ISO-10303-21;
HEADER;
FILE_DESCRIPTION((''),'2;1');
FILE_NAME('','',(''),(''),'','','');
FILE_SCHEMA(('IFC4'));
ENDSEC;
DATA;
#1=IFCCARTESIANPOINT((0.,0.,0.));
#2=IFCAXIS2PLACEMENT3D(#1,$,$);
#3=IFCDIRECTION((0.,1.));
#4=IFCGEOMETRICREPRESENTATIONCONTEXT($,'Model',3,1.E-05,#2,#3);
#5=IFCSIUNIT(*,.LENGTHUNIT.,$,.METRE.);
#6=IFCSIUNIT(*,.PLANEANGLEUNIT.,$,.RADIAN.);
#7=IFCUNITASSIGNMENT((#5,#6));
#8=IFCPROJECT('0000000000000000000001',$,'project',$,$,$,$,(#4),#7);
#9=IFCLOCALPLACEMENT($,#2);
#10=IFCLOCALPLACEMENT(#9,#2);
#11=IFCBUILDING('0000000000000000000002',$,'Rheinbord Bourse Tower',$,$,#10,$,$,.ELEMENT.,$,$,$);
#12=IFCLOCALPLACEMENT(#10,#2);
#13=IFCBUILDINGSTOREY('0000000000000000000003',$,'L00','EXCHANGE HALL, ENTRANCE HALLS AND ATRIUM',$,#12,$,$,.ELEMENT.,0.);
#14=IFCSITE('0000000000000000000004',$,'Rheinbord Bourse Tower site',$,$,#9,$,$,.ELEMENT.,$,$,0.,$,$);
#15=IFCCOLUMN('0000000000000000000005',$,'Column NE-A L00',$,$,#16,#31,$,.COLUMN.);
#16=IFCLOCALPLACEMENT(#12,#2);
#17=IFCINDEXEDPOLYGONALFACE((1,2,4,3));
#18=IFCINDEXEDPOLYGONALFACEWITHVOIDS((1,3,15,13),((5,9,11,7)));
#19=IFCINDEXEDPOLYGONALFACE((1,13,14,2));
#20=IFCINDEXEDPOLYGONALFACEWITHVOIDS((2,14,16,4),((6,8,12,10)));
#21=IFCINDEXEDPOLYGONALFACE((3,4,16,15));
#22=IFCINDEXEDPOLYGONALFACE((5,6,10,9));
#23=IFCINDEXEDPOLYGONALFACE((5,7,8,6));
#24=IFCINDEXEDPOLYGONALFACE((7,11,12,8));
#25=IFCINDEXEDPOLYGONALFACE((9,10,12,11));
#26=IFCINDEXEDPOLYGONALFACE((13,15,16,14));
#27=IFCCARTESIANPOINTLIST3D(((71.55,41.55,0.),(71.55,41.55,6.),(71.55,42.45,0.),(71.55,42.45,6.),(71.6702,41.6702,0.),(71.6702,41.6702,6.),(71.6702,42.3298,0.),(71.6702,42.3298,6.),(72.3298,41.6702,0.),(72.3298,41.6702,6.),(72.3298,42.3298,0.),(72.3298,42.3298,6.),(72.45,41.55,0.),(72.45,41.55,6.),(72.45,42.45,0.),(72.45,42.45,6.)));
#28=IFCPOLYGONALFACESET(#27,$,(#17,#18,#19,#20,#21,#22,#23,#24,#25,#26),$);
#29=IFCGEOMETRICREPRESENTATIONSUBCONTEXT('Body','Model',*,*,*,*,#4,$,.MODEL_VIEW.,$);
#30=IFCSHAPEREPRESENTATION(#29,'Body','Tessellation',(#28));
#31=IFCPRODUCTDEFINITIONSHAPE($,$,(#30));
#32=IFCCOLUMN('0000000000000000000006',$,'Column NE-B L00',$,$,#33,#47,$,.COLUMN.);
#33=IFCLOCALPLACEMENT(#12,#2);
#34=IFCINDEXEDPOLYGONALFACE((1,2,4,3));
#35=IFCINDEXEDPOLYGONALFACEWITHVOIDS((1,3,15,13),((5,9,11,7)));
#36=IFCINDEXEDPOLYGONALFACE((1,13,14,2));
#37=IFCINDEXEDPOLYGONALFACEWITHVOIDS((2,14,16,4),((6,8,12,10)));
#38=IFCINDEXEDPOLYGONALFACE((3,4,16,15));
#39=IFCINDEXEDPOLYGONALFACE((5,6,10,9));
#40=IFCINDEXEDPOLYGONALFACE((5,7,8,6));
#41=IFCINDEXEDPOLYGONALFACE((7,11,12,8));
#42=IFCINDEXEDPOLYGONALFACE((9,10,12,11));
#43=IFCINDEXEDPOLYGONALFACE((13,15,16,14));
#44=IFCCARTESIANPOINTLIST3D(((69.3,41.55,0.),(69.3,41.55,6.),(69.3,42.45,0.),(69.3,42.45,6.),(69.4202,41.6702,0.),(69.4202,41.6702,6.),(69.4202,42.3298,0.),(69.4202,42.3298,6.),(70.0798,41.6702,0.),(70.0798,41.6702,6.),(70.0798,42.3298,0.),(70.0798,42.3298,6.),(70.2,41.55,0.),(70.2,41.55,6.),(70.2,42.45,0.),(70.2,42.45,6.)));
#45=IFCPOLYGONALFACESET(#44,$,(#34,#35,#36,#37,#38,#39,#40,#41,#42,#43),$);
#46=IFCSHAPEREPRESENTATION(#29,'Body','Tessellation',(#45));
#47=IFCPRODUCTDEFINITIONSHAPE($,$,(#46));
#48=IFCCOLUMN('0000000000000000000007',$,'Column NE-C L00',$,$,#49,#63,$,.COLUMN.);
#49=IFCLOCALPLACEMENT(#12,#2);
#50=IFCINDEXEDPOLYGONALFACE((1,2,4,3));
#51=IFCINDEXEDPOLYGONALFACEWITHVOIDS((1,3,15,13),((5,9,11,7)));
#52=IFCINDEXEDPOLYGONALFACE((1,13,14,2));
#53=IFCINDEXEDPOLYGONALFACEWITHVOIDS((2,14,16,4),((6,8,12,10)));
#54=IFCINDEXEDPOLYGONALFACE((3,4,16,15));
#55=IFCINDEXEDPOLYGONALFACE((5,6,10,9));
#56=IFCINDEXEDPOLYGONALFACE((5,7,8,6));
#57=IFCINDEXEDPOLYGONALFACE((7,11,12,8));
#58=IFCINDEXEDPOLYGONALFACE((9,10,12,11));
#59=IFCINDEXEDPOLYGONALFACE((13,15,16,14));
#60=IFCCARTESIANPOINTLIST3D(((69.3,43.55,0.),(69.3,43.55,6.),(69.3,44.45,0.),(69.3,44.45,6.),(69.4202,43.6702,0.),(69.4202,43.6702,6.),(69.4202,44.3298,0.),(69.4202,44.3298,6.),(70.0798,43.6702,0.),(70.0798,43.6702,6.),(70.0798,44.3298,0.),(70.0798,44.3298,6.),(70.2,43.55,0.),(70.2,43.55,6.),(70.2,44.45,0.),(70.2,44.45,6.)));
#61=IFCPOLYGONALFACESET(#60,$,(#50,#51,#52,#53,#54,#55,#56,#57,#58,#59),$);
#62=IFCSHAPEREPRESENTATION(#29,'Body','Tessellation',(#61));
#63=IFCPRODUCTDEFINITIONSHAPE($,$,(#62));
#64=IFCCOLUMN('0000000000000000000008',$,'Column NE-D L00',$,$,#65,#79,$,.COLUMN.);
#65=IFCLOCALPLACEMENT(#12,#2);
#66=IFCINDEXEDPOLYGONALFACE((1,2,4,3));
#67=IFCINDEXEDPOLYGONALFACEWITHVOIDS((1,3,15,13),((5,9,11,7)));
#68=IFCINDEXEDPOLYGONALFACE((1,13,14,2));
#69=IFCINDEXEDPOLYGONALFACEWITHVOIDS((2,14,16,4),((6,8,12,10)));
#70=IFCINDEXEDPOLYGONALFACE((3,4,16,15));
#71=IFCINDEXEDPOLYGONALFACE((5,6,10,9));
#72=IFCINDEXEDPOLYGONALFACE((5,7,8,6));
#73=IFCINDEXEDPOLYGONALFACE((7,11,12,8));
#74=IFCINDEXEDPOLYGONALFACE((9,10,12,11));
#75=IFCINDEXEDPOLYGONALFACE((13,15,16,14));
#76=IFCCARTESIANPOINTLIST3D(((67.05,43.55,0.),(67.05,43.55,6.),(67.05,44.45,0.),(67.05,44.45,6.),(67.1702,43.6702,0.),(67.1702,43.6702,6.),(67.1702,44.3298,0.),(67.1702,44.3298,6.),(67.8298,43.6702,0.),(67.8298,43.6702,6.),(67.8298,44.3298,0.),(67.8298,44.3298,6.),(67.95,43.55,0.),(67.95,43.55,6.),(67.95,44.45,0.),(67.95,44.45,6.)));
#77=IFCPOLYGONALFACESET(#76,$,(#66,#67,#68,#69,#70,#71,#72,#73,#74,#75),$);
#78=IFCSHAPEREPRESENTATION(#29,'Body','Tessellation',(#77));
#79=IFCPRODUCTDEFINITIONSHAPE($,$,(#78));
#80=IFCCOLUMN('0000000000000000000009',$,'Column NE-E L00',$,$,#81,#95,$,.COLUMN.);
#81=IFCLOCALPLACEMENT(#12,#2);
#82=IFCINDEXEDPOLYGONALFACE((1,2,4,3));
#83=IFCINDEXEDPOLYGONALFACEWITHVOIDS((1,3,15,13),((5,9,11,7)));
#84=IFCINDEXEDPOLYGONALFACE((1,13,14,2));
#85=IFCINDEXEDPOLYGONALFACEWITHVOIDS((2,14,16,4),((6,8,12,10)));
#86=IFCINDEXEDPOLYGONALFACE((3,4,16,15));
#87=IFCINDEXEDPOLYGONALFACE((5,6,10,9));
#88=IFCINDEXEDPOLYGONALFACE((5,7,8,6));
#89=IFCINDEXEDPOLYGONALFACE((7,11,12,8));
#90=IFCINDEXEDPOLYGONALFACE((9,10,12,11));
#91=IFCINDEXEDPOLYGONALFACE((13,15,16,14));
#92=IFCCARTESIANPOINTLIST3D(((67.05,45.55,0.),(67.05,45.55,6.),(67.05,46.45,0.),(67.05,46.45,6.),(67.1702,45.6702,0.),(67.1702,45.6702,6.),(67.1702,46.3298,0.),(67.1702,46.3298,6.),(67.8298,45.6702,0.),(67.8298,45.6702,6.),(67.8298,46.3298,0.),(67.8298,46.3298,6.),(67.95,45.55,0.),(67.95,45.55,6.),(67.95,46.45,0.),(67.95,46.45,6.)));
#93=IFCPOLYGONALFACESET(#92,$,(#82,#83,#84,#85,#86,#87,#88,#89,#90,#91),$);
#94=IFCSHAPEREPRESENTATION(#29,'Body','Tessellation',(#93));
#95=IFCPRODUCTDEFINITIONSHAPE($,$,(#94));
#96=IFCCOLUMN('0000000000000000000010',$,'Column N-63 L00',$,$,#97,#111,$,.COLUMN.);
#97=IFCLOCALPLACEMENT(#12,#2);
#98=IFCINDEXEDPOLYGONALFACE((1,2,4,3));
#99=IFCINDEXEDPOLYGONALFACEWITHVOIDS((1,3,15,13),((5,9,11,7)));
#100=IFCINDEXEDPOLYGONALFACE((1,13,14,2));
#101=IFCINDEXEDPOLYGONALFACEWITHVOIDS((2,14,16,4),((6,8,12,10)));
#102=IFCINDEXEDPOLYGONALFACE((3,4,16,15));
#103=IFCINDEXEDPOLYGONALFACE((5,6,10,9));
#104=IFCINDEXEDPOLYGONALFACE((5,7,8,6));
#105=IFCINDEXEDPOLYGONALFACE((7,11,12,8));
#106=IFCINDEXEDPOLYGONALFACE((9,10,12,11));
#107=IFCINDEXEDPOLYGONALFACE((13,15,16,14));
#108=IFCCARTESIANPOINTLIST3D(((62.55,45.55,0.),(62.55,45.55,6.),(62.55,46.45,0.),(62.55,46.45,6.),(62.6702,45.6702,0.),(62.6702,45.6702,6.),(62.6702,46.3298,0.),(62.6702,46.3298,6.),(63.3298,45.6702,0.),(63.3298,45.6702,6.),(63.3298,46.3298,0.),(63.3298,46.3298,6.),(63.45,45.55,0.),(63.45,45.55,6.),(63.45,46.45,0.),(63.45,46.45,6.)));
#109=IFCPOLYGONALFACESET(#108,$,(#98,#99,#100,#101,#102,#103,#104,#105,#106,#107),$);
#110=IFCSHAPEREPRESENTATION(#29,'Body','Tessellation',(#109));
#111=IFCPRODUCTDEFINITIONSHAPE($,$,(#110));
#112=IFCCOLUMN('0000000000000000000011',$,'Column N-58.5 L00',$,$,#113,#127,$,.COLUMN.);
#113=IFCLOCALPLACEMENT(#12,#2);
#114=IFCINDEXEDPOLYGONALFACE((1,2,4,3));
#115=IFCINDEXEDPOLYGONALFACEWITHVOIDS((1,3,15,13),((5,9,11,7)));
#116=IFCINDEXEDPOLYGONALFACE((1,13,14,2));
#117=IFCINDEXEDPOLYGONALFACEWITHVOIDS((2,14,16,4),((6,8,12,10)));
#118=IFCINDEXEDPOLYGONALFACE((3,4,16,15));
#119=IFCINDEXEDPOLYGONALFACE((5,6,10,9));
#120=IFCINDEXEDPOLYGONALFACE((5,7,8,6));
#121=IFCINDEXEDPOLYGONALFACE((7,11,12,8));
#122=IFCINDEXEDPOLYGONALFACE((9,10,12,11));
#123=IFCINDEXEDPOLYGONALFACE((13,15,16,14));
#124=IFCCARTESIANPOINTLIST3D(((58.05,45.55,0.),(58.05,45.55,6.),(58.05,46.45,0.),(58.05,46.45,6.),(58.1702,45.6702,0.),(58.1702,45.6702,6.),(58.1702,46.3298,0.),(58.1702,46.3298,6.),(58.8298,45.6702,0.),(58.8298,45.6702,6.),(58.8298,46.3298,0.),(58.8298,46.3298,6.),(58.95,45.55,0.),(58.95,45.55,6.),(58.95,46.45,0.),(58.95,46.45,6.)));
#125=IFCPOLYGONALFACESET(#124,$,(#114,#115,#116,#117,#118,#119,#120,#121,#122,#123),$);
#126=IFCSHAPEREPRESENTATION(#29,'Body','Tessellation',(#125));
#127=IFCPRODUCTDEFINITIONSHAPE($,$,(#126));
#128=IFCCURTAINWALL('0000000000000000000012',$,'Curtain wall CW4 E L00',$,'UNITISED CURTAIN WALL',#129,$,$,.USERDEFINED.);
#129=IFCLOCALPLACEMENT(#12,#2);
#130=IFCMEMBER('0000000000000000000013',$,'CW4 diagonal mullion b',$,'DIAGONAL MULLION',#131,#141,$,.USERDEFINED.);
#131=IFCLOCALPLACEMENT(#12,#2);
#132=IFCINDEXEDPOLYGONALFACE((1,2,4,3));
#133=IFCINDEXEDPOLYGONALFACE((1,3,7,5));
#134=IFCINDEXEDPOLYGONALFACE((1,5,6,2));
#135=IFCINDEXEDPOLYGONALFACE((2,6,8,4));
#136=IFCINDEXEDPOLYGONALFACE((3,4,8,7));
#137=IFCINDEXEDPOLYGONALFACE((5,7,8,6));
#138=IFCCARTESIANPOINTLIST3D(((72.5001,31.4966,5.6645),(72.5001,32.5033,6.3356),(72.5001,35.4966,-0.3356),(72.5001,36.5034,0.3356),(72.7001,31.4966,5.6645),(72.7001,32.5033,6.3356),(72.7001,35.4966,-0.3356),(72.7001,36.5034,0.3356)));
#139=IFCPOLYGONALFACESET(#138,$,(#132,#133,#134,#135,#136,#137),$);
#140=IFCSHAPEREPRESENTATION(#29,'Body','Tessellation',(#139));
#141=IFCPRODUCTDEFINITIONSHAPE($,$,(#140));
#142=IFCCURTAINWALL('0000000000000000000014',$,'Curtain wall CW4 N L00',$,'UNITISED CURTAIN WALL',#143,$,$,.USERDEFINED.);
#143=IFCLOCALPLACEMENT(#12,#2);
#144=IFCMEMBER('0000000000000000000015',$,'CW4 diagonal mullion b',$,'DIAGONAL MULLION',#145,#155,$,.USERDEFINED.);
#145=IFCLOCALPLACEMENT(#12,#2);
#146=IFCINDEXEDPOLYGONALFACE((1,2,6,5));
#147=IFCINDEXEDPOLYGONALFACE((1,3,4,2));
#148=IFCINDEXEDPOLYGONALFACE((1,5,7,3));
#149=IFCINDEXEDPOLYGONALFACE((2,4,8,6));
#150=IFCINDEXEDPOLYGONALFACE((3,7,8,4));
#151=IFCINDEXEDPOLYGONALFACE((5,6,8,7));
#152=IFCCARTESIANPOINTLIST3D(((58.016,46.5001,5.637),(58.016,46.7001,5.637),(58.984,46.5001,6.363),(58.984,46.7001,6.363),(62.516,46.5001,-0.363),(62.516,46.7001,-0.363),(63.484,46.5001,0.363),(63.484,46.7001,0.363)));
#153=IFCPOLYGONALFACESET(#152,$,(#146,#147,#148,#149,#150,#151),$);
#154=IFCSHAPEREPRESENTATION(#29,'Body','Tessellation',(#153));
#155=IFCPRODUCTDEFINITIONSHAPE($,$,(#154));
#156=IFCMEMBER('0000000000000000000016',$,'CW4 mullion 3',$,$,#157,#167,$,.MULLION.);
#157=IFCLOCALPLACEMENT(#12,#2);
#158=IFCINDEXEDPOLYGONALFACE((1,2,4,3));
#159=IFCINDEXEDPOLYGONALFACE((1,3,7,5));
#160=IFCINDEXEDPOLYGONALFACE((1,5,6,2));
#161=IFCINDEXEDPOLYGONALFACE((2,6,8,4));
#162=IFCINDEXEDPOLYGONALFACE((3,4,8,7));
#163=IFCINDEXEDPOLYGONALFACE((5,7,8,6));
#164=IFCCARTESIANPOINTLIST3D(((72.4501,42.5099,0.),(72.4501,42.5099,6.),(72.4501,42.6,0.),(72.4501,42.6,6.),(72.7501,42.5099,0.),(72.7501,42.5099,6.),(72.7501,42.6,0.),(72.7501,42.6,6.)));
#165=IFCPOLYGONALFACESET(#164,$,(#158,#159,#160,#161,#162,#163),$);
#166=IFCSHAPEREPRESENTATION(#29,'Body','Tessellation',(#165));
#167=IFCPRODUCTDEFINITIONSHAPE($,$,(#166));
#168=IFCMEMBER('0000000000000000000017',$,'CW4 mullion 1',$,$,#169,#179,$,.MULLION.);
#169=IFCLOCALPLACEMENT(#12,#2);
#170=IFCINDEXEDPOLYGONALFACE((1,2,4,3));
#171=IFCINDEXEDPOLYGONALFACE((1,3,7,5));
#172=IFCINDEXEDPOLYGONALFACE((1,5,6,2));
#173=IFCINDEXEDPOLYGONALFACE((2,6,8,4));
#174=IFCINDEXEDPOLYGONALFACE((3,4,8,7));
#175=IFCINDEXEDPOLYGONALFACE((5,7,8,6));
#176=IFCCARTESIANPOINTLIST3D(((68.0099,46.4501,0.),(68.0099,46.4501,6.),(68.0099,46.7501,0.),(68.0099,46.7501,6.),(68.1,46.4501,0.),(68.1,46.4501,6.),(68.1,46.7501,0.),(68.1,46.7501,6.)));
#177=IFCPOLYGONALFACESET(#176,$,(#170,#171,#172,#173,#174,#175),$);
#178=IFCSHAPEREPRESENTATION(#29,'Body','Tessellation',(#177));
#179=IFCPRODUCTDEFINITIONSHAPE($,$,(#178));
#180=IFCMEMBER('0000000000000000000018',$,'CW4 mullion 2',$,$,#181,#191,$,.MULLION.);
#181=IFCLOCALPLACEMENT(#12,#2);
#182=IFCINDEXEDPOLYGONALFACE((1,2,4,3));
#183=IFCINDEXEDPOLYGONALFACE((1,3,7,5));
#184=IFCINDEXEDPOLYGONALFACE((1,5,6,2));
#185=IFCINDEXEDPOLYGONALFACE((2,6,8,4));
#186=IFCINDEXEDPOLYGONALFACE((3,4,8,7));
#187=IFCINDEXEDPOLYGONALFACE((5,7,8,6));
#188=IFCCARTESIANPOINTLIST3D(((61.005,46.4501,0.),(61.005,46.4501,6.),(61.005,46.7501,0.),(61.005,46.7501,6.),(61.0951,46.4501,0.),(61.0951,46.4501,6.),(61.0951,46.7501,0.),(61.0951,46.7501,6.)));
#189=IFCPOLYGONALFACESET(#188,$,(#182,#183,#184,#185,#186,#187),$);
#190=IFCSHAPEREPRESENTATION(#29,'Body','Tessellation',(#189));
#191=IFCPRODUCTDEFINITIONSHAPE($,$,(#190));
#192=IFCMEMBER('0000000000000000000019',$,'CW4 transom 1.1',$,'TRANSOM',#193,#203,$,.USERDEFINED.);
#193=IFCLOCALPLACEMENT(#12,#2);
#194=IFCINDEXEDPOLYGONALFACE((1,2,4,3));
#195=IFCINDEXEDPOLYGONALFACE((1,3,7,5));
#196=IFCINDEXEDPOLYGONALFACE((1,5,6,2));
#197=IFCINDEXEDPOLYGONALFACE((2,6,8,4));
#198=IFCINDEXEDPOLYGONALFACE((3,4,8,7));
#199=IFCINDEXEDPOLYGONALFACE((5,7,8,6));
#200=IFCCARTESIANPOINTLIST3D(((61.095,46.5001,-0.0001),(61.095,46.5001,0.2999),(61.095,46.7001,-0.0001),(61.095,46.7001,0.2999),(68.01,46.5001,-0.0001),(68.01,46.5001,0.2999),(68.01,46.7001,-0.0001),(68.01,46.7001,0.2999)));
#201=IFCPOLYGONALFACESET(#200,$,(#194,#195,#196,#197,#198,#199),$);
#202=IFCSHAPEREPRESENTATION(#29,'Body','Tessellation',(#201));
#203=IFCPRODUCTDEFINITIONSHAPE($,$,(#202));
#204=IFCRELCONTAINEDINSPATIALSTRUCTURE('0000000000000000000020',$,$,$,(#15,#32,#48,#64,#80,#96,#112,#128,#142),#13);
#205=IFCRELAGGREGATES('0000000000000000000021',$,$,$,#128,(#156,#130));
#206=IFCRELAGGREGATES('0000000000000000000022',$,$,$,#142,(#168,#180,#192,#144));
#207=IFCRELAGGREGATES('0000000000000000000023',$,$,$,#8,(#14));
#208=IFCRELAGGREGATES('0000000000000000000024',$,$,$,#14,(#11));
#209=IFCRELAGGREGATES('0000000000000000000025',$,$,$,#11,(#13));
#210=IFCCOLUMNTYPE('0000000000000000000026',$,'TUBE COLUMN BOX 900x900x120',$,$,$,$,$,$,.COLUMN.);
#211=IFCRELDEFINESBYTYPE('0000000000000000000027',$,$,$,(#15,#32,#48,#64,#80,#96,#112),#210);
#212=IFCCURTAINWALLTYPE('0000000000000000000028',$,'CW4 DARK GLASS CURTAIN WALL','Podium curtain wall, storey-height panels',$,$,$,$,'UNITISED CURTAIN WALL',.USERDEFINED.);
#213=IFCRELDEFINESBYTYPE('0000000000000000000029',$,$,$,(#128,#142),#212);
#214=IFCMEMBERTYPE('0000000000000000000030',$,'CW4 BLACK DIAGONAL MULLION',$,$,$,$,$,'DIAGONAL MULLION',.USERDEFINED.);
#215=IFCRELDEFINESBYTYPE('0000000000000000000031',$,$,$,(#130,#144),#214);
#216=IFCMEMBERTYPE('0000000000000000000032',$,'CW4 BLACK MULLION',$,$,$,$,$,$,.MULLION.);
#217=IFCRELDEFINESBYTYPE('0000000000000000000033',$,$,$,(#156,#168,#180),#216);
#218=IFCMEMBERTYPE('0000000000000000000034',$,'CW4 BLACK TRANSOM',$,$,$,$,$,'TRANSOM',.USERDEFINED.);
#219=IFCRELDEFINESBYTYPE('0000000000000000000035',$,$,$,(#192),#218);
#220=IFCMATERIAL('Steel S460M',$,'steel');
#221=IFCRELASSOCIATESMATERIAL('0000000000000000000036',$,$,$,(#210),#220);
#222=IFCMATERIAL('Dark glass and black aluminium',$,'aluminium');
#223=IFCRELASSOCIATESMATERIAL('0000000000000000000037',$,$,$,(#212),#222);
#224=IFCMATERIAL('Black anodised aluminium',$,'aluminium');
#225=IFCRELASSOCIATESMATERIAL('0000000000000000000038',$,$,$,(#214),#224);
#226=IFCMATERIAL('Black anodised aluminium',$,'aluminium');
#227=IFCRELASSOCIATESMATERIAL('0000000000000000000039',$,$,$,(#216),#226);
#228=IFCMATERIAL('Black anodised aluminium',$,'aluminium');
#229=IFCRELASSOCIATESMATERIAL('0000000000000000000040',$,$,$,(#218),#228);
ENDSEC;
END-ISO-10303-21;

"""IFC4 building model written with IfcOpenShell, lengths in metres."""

from ifc_helpers import new_model, si_unit, direction, frame, origin, origin_2d, place, context, subcontext, project, spatial, rectangle, hollow_rectangle, extrude, material, material_profile, profile_set, type_object, element, aggregate, save


model = new_model("IFC4")

# Units and contexts
model_context = context("Model", 3, precision=1e-05, world=origin(), true_north=direction((0.0, 1.0)))
body_context = subcontext(model_context, "Body", "Model", "MODEL_VIEW")
ifc_project = project(units=[si_unit("LENGTHUNIT", "METRE"), si_unit("PLANEANGLEUNIT", "RADIAN")], contexts=[model_context])

# Site, building, storey
site_placement = place(None, origin())
site = spatial("IfcSite", under=ifc_project, at=site_placement, Name="Rheinbord Bourse Tower site", CompositionType="ELEMENT", RefElevation=0.0)
building_placement = place(site_placement, origin())
building = spatial("IfcBuilding", under=site, at=building_placement, Name="Rheinbord Bourse Tower", CompositionType="ELEMENT")
storey_placement = place(building_placement, origin())
storey = spatial("IfcBuildingStorey", under=building, at=storey_placement, Name="L00", Description="EXCHANGE HALL, ENTRANCE HALLS AND ATRIUM", CompositionType="ELEMENT", Elevation=0.0)

# Columns
ifc_material_1 = material(Name="Steel S460M", Category="steel")
ifc_material_profile_1 = material_profile(ifc_material_1, hollow_rectangle(XDim=0.8999, YDim=0.8999, WallThickness=0.1201, at=origin_2d()), Name="BOX 900x900x120")
ifc_profile_set_1 = profile_set([ifc_material_profile_1], Name="Steel S460M")
column_type = type_object("IfcColumnType", Name="TUBE COLUMN BOX 900x900x120", PredefinedType="COLUMN", material=ifc_profile_set_1)
for number, where, z_axis, x_axis, name in (
    (1, (72.0, 42.0, 0.0), (0.0, 0.0, 1.0), (1.0, 0.0, 0.0), "Column NE-A L00"),
    (2, (69.75, 42.0, 0.0), (0.0, 0.0, 1.0), (1.0, 0.0, 0.0), "Column NE-B L00"),
    (3, (69.75, 44.0, 0.0), (0.0, 0.0, 1.0), (1.0, 0.0, 0.0), "Column NE-C L00"),
    (4, (67.5, 44.0, 0.0), (0.0, 0.0, 1.0), (0.0, 1.0, 0.0), "Column NE-D L00"),
    (5, (67.5, 46.0, 0.0), (0.0, 0.0, 1.0), (0.0, 1.0, 0.0), "Column NE-E L00"),
    (6, (63.0, 46.0, 0.0), (0.0, 0.0, 1.0), (0.0, 1.0, 0.0), "Column N-63 L00"),
    (7, (58.5, 46.0, 0.0), (0.0, 0.0, 1.0), (0.0, 1.0, 0.0), "Column N-58.5 L00"),
):
    element("IfcColumn", number, at=place(storey_placement, frame(where, z_axis=z_axis, x_axis=x_axis)), inside=storey, type_object=column_type, Name=name, PredefinedType="COLUMN", context=body_context, shape_type="SweptSolid", body=[
        extrude(hollow_rectangle(XDim=0.8999, YDim=0.8999, WallThickness=0.1201, at=origin_2d()), origin(), (0.0, 0.0, 1.0), 6.0),
    ])

# Curtain walls, members
ifc_material_2 = material(Name="Dark glass and black aluminium", Category="aluminium")
curtain_wall_type = type_object("IfcCurtainWallType", Name="CW4 DARK GLASS CURTAIN WALL", Description="Podium curtain wall, storey-height panels", ElementType="UNITISED CURTAIN WALL", PredefinedType="USERDEFINED", material=ifc_material_2)
curtain_wall_1_placement = place(storey_placement, origin())
curtain_wall_1 = element("IfcCurtainWall", 8, at=curtain_wall_1_placement, inside=storey, type_object=curtain_wall_type, Name="Curtain wall CW4 E L00", ObjectType="UNITISED CURTAIN WALL", PredefinedType="USERDEFINED")
ifc_material_3 = material(Name="Black anodised aluminium", Category="aluminium")
ifc_material_profile_2 = material_profile(ifc_material_3, rectangle(XDim=0.2, YDim=1.21, at=origin_2d()), Name="CW4 DIAGONAL MULLION 1210x200")
ifc_profile_set_2 = profile_set([ifc_material_profile_2], Name="Black anodised aluminium")
member_type_1 = type_object("IfcMemberType", Name="CW4 BLACK DIAGONAL MULLION", ElementType="DIAGONAL MULLION", PredefinedType="USERDEFINED", material=ifc_profile_set_2)
member_1_placement = place(storey_placement, frame((72.6001, 36.0, 0.0), z_axis=(0.0, -0.5547, 0.83205), x_axis=(1.0, 0.0, 0.0)))
member_1 = element("IfcMember", 9, at=member_1_placement, type_object=member_type_1, Name="CW4 diagonal mullion b", ObjectType="DIAGONAL MULLION", PredefinedType="USERDEFINED", context=body_context, shape_type="SweptSolid", body=[
    extrude(rectangle(XDim=0.2, YDim=1.21, at=origin_2d()), origin(), (0.0, 0.0, 1.0), 7.2112),
])
curtain_wall_2_placement = place(storey_placement, origin())
curtain_wall_2 = element("IfcCurtainWall", 10, at=curtain_wall_2_placement, inside=storey, type_object=curtain_wall_type, Name="Curtain wall CW4 N L00", ObjectType="UNITISED CURTAIN WALL", PredefinedType="USERDEFINED")
member_2_placement = place(storey_placement, frame((63.0, 46.6001, 0.0), z_axis=(-0.6, 0.0, 0.8), x_axis=(0.0, -1.0, 0.0)))
member_2 = element("IfcMember", 11, at=member_2_placement, type_object=member_type_1, Name="CW4 diagonal mullion b", ObjectType="DIAGONAL MULLION", PredefinedType="USERDEFINED", context=body_context, shape_type="SweptSolid", body=[
    extrude(rectangle(XDim=0.2, YDim=1.21, at=origin_2d()), origin(), (0.0, 0.0, 1.0), 7.5),
])

# Members
ifc_material_4 = material(Name="Black anodised aluminium", Category="aluminium")
ifc_material_profile_3 = material_profile(ifc_material_4, rectangle(XDim=0.3, YDim=0.0901, at=origin_2d()), Name="CW4 MULLION 90x300")
ifc_profile_set_3 = profile_set([ifc_material_profile_3], Name="Black anodised aluminium")
member_type_2 = type_object("IfcMemberType", Name="CW4 BLACK MULLION", PredefinedType="MULLION", material=ifc_profile_set_3)
member_3_placement = place(storey_placement, frame((72.6001, 42.5549, 0.0), z_axis=(0.0, 0.0, 1.0), x_axis=(-1.0, 0.0, 0.0)))
member_3 = element("IfcMember", 12, at=member_3_placement, type_object=member_type_2, Name="CW4 mullion 3", PredefinedType="MULLION", context=body_context, shape_type="SweptSolid", body=[
    extrude(rectangle(XDim=0.3, YDim=0.0901, at=origin_2d()), origin(), (0.0, 0.0, 1.0), 6.0),
])
aggregate(curtain_wall_1, [member_3, member_1])
member_4_placement = place(storey_placement, frame((68.0549, 46.6001, 0.0), z_axis=(0.0, 0.0, 1.0), x_axis=(0.0, -1.0, 0.0)))
member_4 = element("IfcMember", 13, at=member_4_placement, type_object=member_type_2, Name="CW4 mullion 1", PredefinedType="MULLION", context=body_context, shape_type="SweptSolid", body=[
    extrude(rectangle(XDim=0.3, YDim=0.0901, at=origin_2d()), origin(), (0.0, 0.0, 1.0), 6.0),
])
member_5_placement = place(storey_placement, frame((61.05, 46.6001, 0.0), z_axis=(0.0, 0.0, 1.0), x_axis=(0.0, -1.0, 0.0)))
member_5 = element("IfcMember", 14, at=member_5_placement, type_object=member_type_2, Name="CW4 mullion 2", PredefinedType="MULLION", context=body_context, shape_type="SweptSolid", body=[
    extrude(rectangle(XDim=0.3, YDim=0.0901, at=origin_2d()), origin(), (0.0, 0.0, 1.0), 6.0),
])
ifc_material_5 = material(Name="Black anodised aluminium", Category="aluminium")
ifc_material_profile_4 = material_profile(ifc_material_5, rectangle(XDim=0.2, YDim=0.3, at=origin_2d()), Name="CW4 TRANSOM 300x200")
ifc_profile_set_4 = profile_set([ifc_material_profile_4], Name="Black anodised aluminium")
member_type_3 = type_object("IfcMemberType", Name="CW4 BLACK TRANSOM", ElementType="TRANSOM", PredefinedType="USERDEFINED", material=ifc_profile_set_4)
member_6_placement = place(storey_placement, frame((68.01, 46.6001, 0.1499), z_axis=(-1.0, 0.0, 0.0), x_axis=(0.0, -1.0, 0.0)))
member_6 = element("IfcMember", 15, at=member_6_placement, type_object=member_type_3, Name="CW4 transom 1.1", ObjectType="TRANSOM", PredefinedType="USERDEFINED", context=body_context, shape_type="SweptSolid", body=[
    extrude(rectangle(XDim=0.2, YDim=0.3, at=origin_2d()), origin(), (0.0, 0.0, 1.0), 6.915),
])

aggregate(curtain_wall_2, [member_4, member_5, member_6, member_2])

save(model, "model.ifc")
